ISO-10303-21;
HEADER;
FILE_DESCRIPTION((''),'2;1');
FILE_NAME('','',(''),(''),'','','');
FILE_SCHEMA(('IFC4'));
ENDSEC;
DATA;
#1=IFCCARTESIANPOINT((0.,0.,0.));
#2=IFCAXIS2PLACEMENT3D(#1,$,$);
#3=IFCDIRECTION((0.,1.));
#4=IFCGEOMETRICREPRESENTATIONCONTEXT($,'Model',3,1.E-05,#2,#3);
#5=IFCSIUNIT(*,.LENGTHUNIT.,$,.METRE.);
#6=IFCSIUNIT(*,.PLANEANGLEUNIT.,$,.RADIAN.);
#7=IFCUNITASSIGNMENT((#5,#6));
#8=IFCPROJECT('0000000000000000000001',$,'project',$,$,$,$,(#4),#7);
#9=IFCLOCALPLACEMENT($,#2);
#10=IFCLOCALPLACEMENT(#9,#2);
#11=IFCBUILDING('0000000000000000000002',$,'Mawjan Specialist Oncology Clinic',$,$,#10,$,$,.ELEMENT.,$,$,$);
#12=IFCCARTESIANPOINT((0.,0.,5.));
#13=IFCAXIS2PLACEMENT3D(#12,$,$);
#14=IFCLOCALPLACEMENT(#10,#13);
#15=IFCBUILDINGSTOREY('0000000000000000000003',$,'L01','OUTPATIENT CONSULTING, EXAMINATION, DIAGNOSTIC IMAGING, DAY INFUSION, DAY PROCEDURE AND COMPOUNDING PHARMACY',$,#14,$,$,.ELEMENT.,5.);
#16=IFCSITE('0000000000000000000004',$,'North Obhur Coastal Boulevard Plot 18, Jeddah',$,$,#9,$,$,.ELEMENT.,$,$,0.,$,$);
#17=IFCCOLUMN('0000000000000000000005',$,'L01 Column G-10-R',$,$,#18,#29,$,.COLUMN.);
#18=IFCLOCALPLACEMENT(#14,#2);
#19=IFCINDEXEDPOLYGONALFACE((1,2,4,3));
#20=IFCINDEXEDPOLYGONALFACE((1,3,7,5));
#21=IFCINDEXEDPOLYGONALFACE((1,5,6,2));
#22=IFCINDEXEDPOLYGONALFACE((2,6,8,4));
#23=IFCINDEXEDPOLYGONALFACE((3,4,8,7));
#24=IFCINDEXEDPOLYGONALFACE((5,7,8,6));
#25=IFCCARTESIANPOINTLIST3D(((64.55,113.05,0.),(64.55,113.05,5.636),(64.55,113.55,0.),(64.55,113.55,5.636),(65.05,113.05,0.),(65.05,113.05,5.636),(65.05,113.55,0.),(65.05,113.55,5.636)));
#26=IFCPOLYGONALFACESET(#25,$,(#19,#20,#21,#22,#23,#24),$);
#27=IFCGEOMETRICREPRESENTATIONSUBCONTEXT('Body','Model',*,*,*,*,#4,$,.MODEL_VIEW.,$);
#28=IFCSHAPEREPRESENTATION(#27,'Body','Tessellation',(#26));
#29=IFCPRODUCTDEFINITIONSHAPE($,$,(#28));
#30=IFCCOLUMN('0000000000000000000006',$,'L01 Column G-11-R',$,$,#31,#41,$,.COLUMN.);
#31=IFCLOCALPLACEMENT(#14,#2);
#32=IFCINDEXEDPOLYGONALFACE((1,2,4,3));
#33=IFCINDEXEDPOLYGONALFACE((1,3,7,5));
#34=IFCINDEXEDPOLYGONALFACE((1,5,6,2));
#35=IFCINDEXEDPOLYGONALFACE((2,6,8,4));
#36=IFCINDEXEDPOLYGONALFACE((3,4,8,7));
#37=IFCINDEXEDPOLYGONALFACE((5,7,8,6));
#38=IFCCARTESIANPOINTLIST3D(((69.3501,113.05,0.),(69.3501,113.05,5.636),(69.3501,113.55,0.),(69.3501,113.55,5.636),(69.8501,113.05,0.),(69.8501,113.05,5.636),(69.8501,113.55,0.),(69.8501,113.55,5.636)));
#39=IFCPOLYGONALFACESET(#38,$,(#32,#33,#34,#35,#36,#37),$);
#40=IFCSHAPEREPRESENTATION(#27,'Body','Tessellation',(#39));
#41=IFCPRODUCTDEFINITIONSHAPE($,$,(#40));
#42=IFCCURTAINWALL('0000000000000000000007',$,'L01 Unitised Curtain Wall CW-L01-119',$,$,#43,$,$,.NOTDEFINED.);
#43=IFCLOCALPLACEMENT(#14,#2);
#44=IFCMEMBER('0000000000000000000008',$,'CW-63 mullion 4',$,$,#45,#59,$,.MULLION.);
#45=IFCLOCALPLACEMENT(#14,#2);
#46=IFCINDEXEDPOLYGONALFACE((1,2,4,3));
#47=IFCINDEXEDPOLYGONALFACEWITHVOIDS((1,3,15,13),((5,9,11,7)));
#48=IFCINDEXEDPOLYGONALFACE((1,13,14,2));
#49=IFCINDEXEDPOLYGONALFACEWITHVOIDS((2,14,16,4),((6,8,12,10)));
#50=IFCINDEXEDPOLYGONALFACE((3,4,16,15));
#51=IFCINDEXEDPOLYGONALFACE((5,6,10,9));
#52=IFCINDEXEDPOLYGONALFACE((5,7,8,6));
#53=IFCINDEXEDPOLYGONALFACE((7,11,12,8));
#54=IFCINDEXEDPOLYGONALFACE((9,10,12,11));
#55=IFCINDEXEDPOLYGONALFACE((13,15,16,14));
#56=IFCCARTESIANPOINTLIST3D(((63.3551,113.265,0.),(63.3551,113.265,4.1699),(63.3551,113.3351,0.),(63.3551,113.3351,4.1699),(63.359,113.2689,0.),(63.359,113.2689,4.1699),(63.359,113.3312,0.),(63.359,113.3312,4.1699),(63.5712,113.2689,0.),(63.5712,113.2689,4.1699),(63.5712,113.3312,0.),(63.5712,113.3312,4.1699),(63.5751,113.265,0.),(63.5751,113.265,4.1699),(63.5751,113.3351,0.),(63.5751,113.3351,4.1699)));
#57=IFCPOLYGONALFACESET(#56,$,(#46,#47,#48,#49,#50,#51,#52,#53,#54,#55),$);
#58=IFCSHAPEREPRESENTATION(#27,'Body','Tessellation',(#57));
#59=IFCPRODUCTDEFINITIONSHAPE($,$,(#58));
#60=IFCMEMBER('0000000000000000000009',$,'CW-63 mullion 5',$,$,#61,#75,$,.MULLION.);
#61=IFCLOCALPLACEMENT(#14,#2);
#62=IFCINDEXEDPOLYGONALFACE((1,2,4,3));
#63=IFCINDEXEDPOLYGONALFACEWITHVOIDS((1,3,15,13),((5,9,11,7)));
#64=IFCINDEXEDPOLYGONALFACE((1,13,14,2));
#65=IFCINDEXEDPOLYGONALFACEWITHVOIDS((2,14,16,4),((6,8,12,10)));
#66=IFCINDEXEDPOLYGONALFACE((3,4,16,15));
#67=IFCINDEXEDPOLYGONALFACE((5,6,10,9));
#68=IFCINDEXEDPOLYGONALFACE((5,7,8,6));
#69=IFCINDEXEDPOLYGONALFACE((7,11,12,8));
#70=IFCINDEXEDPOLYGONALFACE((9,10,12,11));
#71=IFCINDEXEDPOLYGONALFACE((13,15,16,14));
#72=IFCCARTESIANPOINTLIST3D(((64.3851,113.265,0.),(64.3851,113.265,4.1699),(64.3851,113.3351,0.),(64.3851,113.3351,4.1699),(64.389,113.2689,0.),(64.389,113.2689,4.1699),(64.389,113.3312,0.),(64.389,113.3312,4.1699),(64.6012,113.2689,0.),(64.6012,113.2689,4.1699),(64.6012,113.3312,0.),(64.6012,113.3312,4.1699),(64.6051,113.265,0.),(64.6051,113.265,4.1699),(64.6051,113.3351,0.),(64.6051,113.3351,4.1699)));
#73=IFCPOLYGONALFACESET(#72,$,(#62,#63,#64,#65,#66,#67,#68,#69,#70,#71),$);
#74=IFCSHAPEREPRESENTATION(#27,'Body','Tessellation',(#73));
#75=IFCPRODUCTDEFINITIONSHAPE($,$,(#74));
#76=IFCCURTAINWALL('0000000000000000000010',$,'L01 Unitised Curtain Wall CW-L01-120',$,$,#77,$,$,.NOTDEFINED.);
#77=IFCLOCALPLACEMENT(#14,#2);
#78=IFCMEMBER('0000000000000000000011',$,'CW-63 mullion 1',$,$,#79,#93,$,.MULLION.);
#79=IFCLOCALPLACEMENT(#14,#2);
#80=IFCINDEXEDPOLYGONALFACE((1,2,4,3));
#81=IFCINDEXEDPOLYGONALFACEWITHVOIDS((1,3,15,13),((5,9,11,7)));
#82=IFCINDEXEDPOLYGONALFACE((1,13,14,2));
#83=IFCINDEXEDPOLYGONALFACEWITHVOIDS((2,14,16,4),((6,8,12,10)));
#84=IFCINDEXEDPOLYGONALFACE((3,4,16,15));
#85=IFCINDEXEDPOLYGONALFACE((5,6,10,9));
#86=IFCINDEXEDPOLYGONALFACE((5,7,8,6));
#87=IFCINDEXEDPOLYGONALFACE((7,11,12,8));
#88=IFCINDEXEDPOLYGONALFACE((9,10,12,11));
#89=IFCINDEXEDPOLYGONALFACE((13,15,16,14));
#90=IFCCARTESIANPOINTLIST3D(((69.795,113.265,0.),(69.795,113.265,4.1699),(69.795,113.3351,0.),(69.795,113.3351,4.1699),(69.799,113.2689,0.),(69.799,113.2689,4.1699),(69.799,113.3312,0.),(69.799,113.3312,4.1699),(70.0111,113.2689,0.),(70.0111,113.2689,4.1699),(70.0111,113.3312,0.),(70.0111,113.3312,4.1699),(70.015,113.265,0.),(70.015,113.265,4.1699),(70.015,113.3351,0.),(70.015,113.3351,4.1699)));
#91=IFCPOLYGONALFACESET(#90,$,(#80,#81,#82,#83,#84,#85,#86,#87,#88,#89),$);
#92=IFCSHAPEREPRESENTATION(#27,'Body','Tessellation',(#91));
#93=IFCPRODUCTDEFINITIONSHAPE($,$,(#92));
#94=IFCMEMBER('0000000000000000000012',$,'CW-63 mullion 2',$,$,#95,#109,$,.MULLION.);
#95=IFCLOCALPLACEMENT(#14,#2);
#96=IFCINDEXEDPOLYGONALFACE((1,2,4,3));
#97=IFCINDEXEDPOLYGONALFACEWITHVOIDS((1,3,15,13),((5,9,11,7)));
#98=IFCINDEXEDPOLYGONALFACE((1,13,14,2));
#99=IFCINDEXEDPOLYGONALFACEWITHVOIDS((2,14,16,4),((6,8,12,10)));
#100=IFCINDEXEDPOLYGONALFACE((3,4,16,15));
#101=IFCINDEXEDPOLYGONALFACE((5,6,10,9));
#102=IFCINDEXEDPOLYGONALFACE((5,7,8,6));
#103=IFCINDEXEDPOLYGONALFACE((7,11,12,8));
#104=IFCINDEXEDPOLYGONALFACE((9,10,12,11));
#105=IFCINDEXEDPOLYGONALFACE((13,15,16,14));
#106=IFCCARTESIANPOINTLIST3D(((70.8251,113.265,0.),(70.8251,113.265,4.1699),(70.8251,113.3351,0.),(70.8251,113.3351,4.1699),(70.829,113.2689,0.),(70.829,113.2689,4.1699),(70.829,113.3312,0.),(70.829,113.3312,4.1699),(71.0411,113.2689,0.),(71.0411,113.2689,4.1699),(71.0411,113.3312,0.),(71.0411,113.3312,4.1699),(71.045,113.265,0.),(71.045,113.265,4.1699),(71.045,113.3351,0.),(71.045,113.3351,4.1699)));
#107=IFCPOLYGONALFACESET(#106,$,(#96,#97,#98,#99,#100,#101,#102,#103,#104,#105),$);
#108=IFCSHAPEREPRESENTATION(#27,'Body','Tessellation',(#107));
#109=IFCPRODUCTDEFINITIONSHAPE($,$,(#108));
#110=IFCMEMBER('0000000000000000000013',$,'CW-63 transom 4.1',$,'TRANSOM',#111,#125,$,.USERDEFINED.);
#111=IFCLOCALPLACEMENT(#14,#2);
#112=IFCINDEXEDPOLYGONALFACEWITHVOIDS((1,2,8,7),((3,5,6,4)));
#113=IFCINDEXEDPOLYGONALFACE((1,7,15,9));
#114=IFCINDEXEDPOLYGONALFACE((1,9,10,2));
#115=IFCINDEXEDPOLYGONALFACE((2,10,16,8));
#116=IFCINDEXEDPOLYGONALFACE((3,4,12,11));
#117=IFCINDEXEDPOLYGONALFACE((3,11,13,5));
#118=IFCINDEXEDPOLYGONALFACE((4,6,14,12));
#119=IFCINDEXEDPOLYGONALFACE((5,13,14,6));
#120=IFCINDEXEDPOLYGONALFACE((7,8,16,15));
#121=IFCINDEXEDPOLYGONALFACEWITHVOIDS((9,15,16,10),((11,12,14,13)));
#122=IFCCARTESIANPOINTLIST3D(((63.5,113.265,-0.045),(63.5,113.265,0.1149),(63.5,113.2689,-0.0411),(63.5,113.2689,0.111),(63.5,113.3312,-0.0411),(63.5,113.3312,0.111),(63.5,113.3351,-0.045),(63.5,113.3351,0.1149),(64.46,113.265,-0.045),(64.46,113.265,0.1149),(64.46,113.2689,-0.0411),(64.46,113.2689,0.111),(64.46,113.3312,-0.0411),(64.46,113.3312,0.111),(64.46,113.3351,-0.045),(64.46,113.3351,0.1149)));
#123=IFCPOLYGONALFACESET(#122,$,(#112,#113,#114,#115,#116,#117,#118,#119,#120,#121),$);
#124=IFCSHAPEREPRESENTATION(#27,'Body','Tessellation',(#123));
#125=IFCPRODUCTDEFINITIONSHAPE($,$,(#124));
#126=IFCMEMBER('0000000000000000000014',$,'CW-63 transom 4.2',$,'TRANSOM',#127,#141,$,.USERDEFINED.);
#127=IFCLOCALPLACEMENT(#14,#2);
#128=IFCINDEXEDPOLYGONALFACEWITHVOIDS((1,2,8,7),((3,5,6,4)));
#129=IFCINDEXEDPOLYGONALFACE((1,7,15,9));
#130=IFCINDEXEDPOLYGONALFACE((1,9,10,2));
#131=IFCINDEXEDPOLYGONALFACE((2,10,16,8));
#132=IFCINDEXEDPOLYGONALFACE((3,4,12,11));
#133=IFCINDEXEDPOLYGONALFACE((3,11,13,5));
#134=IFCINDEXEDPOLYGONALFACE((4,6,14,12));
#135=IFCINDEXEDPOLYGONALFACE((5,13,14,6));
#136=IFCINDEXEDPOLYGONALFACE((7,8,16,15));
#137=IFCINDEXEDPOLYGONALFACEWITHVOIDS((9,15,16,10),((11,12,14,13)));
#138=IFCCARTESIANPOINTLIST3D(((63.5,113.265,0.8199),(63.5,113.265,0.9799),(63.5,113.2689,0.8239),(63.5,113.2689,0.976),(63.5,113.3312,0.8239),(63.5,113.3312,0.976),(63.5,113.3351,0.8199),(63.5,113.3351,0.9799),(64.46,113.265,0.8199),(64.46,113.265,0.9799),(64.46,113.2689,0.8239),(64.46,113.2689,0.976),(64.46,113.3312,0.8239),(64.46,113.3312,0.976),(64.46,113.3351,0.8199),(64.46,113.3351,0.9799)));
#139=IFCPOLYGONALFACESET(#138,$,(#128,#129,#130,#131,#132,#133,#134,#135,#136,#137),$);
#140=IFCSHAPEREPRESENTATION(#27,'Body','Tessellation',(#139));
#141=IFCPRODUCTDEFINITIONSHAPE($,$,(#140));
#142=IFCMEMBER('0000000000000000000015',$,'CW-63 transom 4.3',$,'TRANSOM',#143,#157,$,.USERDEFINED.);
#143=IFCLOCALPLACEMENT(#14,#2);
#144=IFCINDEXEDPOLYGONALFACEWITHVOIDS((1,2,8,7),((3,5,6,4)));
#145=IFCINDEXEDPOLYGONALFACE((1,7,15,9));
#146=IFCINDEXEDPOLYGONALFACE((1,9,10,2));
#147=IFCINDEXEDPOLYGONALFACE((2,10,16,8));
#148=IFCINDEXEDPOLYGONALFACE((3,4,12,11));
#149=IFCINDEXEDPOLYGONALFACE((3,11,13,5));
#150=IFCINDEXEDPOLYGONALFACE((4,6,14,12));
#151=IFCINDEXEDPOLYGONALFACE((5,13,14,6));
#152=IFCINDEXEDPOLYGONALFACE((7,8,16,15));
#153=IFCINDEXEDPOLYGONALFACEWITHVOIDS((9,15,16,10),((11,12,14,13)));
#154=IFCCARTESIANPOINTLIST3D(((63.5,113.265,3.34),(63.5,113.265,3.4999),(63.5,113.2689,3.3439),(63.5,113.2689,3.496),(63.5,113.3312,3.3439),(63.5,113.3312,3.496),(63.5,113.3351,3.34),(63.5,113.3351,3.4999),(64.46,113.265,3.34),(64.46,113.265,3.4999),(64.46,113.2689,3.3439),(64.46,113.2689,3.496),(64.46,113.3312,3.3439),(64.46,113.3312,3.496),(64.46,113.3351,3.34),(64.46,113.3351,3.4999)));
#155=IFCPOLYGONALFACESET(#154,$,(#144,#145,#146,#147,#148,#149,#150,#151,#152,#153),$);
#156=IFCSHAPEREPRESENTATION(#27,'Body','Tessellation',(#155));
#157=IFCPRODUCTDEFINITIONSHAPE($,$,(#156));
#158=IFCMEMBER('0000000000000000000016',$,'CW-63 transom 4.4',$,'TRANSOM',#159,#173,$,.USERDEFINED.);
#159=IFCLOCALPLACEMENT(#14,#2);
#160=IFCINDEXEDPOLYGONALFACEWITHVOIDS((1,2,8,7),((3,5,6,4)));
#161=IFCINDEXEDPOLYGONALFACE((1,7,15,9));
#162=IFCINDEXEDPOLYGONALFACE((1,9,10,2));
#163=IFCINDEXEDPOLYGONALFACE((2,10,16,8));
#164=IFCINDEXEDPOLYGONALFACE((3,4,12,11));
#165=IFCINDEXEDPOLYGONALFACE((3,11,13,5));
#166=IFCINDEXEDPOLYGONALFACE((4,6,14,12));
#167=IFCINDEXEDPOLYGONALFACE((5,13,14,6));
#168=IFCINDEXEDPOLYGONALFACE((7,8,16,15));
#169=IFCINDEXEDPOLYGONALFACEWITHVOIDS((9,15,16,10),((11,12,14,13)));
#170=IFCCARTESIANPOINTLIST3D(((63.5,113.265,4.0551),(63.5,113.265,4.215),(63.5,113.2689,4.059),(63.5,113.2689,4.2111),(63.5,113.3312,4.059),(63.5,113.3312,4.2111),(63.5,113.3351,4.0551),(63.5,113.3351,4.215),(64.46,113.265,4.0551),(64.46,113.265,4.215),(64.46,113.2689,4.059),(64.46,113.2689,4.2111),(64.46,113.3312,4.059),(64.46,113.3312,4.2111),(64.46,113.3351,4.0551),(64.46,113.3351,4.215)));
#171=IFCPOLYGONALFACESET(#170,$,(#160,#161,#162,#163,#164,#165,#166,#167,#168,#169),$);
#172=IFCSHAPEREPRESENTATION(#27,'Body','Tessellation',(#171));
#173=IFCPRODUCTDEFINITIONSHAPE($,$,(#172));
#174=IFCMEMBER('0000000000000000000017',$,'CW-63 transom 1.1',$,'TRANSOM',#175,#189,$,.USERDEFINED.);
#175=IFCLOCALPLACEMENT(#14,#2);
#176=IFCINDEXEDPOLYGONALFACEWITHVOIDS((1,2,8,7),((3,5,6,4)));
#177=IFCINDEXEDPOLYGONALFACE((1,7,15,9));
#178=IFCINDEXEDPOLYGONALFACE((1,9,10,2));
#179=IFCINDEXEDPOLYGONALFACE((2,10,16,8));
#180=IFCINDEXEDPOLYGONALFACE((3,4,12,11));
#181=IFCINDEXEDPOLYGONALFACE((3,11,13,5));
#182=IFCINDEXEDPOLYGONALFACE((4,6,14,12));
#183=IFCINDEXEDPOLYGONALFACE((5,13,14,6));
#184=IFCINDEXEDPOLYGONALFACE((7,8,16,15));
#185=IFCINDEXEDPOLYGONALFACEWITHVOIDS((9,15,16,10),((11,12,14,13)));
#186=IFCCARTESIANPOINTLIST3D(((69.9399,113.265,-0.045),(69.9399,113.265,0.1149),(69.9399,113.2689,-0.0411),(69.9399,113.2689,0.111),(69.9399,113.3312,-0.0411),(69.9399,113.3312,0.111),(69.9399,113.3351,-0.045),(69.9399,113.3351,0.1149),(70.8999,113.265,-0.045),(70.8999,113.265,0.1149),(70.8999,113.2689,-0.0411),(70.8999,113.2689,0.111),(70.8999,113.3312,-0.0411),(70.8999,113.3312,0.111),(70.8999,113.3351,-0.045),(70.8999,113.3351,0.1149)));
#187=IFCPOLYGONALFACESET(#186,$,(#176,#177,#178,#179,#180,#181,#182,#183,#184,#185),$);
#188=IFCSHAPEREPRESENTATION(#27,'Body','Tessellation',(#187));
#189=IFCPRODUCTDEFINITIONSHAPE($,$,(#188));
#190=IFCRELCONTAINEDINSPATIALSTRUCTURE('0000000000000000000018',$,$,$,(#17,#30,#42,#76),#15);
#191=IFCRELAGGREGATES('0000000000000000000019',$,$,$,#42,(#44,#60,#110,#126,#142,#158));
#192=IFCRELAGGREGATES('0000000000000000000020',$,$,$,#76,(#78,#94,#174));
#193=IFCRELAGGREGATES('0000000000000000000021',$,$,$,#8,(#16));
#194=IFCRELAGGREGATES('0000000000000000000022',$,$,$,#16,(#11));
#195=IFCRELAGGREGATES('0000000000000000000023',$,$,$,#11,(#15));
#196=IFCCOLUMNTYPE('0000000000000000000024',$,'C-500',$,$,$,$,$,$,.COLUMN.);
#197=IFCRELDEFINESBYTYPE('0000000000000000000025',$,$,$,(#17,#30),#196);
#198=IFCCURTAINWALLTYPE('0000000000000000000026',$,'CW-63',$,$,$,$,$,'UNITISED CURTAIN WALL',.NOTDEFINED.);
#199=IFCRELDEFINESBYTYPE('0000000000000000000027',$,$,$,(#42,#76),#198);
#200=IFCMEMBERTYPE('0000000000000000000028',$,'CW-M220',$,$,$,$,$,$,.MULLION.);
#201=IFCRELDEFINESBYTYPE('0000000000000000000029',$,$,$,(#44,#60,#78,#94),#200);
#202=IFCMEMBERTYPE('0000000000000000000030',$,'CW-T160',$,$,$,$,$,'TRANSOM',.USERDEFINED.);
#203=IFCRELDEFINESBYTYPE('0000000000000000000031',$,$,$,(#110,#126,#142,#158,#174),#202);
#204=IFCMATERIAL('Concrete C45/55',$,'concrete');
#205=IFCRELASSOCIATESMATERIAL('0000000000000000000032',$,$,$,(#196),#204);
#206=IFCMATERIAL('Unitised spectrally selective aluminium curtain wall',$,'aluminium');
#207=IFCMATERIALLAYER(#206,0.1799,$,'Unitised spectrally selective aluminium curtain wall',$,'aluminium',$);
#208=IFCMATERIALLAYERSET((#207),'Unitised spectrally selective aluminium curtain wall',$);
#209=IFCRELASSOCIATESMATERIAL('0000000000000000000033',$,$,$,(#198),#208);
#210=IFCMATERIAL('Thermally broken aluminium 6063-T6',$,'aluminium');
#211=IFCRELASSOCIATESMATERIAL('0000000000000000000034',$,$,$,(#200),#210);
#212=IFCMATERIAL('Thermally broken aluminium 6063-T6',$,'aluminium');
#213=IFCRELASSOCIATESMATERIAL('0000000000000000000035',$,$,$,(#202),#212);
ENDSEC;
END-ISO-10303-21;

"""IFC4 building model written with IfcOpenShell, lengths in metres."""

from ifc_helpers import new_model, si_unit, direction, frame, origin, origin_2d, place, context, subcontext, project, spatial, rectangle, hollow_rectangle, extrude, material, layer, layer_set, material_profile, profile_set, type_object, element, aggregate, save


model = new_model("IFC4")

# Units and contexts
model_context = context("Model", 3, precision=1e-05, world=origin(), true_north=direction((0.0, 1.0)))
body_context = subcontext(model_context, "Body", "Model", "MODEL_VIEW")
ifc_project = project(units=[si_unit("LENGTHUNIT", "METRE"), si_unit("PLANEANGLEUNIT", "RADIAN")], contexts=[model_context])

# Site, building, storey
site_placement = place(None, origin())
site = spatial("IfcSite", under=ifc_project, at=site_placement, Name="North Obhur Coastal Boulevard Plot 18, Jeddah", CompositionType="ELEMENT", RefElevation=0.0)
building_placement = place(site_placement, origin())
building = spatial("IfcBuilding", under=site, at=building_placement, Name="Mawjan Specialist Oncology Clinic", CompositionType="ELEMENT")
storey_placement = place(building_placement, frame((0.0, 0.0, 5.0)))
storey = spatial("IfcBuildingStorey", under=building, at=storey_placement, Name="L01", Description="OUTPATIENT CONSULTING, EXAMINATION, DIAGNOSTIC IMAGING, DAY INFUSION, DAY PROCEDURE AND COMPOUNDING PHARMACY", CompositionType="ELEMENT", Elevation=5.0)

# Columns
ifc_material_1 = material(Name="Concrete C45/55", Category="concrete")
ifc_material_profile_1 = material_profile(ifc_material_1, rectangle(XDim=0.5, YDim=0.5, at=origin_2d()), Name="RC COL 500x500", Category="concrete")
ifc_profile_set_1 = profile_set([ifc_material_profile_1], Name="Concrete C45/55")
column_type = type_object("IfcColumnType", Name="C-500", PredefinedType="COLUMN", material=ifc_profile_set_1)
for number, where, z_axis, x_axis, name in (
    (1, (64.8, 113.3, 0.0), (0.0, 0.0, 1.0), (1.0, 0.0, 0.0), "L01 Column G-10-R"),
    (2, (69.6001, 113.3, 0.0), (0.0, 0.0, 1.0), (1.0, 0.0, 0.0), "L01 Column G-11-R"),
):
    element("IfcColumn", number, at=place(storey_placement, frame(where, z_axis=z_axis, x_axis=x_axis)), inside=storey, type_object=column_type, Name=name, PredefinedType="COLUMN", context=body_context, shape_type="SweptSolid", body=[
        extrude(rectangle(XDim=0.5, YDim=0.5, at=origin_2d()), origin(), (0.0, 0.0, 1.0), 5.636),
    ])

# Curtain walls, members
ifc_material_2 = material(Name="Unitised spectrally selective aluminium curtain wall", Category="aluminium")
ifc_layer_1 = layer(ifc_material_2, 0.1799, Name="Unitised spectrally selective aluminium curtain wall", Category="aluminium")
ifc_layer_set_1 = layer_set([ifc_layer_1], Name="Unitised spectrally selective aluminium curtain wall")
curtain_wall_type = type_object("IfcCurtainWallType", Name="CW-63", ElementType="UNITISED CURTAIN WALL", PredefinedType="NOTDEFINED", material=ifc_layer_set_1)
curtain_wall_1_placement = place(storey_placement, origin())
curtain_wall_1 = element("IfcCurtainWall", 3, at=curtain_wall_1_placement, inside=storey, type_object=curtain_wall_type, Name="L01 Unitised Curtain Wall CW-L01-119", PredefinedType="NOTDEFINED")
ifc_material_3 = material(Name="Thermally broken aluminium 6063-T6", Category="aluminium")
ifc_material_profile_2 = material_profile(ifc_material_3, hollow_rectangle(XDim=0.0701, YDim=0.22, WallThickness=0.0039, at=origin_2d()), Name="ALU MULLION 220x70x4", Category="aluminium")
ifc_profile_set_2 = profile_set([ifc_material_profile_2], Name="Thermally broken aluminium 6063-T6")
member_type_1 = type_object("IfcMemberType", Name="CW-M220", PredefinedType="MULLION", material=ifc_profile_set_2)
member_1_placement = place(storey_placement, frame((63.4651, 113.3, 0.0), z_axis=(0.0, 0.0, 1.0), x_axis=(0.0, 1.0, 0.0)))
member_1 = element("IfcMember", 4, at=member_1_placement, type_object=member_type_1, Name="CW-63 mullion 4", PredefinedType="MULLION", context=body_context, shape_type="SweptSolid", body=[
    extrude(hollow_rectangle(XDim=0.0701, YDim=0.22, WallThickness=0.0039, at=origin_2d()), origin(), (0.0, 0.0, 1.0), 4.1699),
])
member_2_placement = place(storey_placement, frame((64.4951, 113.3, 0.0), z_axis=(0.0, 0.0, 1.0), x_axis=(0.0, 1.0, 0.0)))
member_2 = element("IfcMember", 5, at=member_2_placement, type_object=member_type_1, Name="CW-63 mullion 5", PredefinedType="MULLION", context=body_context, shape_type="SweptSolid", body=[
    extrude(hollow_rectangle(XDim=0.0701, YDim=0.22, WallThickness=0.0039, at=origin_2d()), origin(), (0.0, 0.0, 1.0), 4.1699),
])
curtain_wall_2_placement = place(storey_placement, origin())
curtain_wall_2 = element("IfcCurtainWall", 6, at=curtain_wall_2_placement, inside=storey, type_object=curtain_wall_type, Name="L01 Unitised Curtain Wall CW-L01-120", PredefinedType="NOTDEFINED")
member_3_placement = place(storey_placement, frame((69.905, 113.3, 0.0), z_axis=(0.0, 0.0, 1.0), x_axis=(0.0, 1.0, 0.0)))
member_3 = element("IfcMember", 7, at=member_3_placement, type_object=member_type_1, Name="CW-63 mullion 1", PredefinedType="MULLION", context=body_context, shape_type="SweptSolid", body=[
    extrude(hollow_rectangle(XDim=0.0701, YDim=0.22, WallThickness=0.0039, at=origin_2d()), origin(), (0.0, 0.0, 1.0), 4.1699),
])
member_4_placement = place(storey_placement, frame((70.9351, 113.3, 0.0), z_axis=(0.0, 0.0, 1.0), x_axis=(0.0, 1.0, 0.0)))
member_4 = element("IfcMember", 8, at=member_4_placement, type_object=member_type_1, Name="CW-63 mullion 2", PredefinedType="MULLION", context=body_context, shape_type="SweptSolid", body=[
    extrude(hollow_rectangle(XDim=0.0701, YDim=0.22, WallThickness=0.0039, at=origin_2d()), origin(), (0.0, 0.0, 1.0), 4.1699),
])

# Members
ifc_material_4 = material(Name="Thermally broken aluminium 6063-T6", Category="aluminium")
ifc_material_profile_3 = material_profile(ifc_material_4, hollow_rectangle(XDim=0.0701, YDim=0.1599, WallThickness=0.0039, at=origin_2d()), Name="ALU TRANSOM 160x70x4", Category="aluminium")
ifc_profile_set_3 = profile_set([ifc_material_profile_3], Name="Thermally broken aluminium 6063-T6")
member_type_2 = type_object("IfcMemberType", Name="CW-T160", ElementType="TRANSOM", PredefinedType="USERDEFINED", material=ifc_profile_set_3)
member_5_placement = place(storey_placement, frame((63.5, 113.3, 0.0349), z_axis=(1.0, 0.0, 0.0), x_axis=(0.0, 1.0, 0.0)))
member_5 = element("IfcMember", 9, at=member_5_placement, type_object=member_type_2, Name="CW-63 transom 4.1", ObjectType="TRANSOM", PredefinedType="USERDEFINED", context=body_context, shape_type="SweptSolid", body=[
    extrude(hollow_rectangle(XDim=0.0701, YDim=0.1599, WallThickness=0.0039, at=origin_2d()), origin(), (0.0, 0.0, 1.0), 0.96),
])
member_6_placement = place(storey_placement, frame((63.5, 113.3, 0.8999), z_axis=(1.0, 0.0, 0.0), x_axis=(0.0, 1.0, 0.0)))
member_6 = element("IfcMember", 10, at=member_6_placement, type_object=member_type_2, Name="CW-63 transom 4.2", ObjectType="TRANSOM", PredefinedType="USERDEFINED", context=body_context, shape_type="SweptSolid", body=[
    extrude(hollow_rectangle(XDim=0.0701, YDim=0.1599, WallThickness=0.0039, at=origin_2d()), origin(), (0.0, 0.0, 1.0), 0.96),
])
member_7_placement = place(storey_placement, frame((63.5, 113.3, 3.4199), z_axis=(1.0, 0.0, 0.0), x_axis=(0.0, 1.0, 0.0)))
member_7 = element("IfcMember", 11, at=member_7_placement, type_object=member_type_2, Name="CW-63 transom 4.3", ObjectType="TRANSOM", PredefinedType="USERDEFINED", context=body_context, shape_type="SweptSolid", body=[
    extrude(hollow_rectangle(XDim=0.0701, YDim=0.1599, WallThickness=0.0039, at=origin_2d()), origin(), (0.0, 0.0, 1.0), 0.96),
])
member_8_placement = place(storey_placement, frame((63.5, 113.3, 4.135), z_axis=(1.0, 0.0, 0.0), x_axis=(0.0, 1.0, 0.0)))
member_8 = element("IfcMember", 12, at=member_8_placement, type_object=member_type_2, Name="CW-63 transom 4.4", ObjectType="TRANSOM", PredefinedType="USERDEFINED", context=body_context, shape_type="SweptSolid", body=[
    extrude(hollow_rectangle(XDim=0.0701, YDim=0.1599, WallThickness=0.0039, at=origin_2d()), origin(), (0.0, 0.0, 1.0), 0.96),
])
member_9_placement = place(storey_placement, frame((69.9399, 113.3, 0.0349), z_axis=(1.0, 0.0, 0.0), x_axis=(0.0, 1.0, 0.0)))
member_9 = element("IfcMember", 13, at=member_9_placement, type_object=member_type_2, Name="CW-63 transom 1.1", ObjectType="TRANSOM", PredefinedType="USERDEFINED", context=body_context, shape_type="SweptSolid", body=[
    extrude(hollow_rectangle(XDim=0.0701, YDim=0.1599, WallThickness=0.0039, at=origin_2d()), origin(), (0.0, 0.0, 1.0), 0.96),
])

aggregate(curtain_wall_1, [member_1, member_2, member_5, member_6, member_7, member_8])
aggregate(curtain_wall_2, [member_3, member_4, member_9])

save(model, "model.ifc")
